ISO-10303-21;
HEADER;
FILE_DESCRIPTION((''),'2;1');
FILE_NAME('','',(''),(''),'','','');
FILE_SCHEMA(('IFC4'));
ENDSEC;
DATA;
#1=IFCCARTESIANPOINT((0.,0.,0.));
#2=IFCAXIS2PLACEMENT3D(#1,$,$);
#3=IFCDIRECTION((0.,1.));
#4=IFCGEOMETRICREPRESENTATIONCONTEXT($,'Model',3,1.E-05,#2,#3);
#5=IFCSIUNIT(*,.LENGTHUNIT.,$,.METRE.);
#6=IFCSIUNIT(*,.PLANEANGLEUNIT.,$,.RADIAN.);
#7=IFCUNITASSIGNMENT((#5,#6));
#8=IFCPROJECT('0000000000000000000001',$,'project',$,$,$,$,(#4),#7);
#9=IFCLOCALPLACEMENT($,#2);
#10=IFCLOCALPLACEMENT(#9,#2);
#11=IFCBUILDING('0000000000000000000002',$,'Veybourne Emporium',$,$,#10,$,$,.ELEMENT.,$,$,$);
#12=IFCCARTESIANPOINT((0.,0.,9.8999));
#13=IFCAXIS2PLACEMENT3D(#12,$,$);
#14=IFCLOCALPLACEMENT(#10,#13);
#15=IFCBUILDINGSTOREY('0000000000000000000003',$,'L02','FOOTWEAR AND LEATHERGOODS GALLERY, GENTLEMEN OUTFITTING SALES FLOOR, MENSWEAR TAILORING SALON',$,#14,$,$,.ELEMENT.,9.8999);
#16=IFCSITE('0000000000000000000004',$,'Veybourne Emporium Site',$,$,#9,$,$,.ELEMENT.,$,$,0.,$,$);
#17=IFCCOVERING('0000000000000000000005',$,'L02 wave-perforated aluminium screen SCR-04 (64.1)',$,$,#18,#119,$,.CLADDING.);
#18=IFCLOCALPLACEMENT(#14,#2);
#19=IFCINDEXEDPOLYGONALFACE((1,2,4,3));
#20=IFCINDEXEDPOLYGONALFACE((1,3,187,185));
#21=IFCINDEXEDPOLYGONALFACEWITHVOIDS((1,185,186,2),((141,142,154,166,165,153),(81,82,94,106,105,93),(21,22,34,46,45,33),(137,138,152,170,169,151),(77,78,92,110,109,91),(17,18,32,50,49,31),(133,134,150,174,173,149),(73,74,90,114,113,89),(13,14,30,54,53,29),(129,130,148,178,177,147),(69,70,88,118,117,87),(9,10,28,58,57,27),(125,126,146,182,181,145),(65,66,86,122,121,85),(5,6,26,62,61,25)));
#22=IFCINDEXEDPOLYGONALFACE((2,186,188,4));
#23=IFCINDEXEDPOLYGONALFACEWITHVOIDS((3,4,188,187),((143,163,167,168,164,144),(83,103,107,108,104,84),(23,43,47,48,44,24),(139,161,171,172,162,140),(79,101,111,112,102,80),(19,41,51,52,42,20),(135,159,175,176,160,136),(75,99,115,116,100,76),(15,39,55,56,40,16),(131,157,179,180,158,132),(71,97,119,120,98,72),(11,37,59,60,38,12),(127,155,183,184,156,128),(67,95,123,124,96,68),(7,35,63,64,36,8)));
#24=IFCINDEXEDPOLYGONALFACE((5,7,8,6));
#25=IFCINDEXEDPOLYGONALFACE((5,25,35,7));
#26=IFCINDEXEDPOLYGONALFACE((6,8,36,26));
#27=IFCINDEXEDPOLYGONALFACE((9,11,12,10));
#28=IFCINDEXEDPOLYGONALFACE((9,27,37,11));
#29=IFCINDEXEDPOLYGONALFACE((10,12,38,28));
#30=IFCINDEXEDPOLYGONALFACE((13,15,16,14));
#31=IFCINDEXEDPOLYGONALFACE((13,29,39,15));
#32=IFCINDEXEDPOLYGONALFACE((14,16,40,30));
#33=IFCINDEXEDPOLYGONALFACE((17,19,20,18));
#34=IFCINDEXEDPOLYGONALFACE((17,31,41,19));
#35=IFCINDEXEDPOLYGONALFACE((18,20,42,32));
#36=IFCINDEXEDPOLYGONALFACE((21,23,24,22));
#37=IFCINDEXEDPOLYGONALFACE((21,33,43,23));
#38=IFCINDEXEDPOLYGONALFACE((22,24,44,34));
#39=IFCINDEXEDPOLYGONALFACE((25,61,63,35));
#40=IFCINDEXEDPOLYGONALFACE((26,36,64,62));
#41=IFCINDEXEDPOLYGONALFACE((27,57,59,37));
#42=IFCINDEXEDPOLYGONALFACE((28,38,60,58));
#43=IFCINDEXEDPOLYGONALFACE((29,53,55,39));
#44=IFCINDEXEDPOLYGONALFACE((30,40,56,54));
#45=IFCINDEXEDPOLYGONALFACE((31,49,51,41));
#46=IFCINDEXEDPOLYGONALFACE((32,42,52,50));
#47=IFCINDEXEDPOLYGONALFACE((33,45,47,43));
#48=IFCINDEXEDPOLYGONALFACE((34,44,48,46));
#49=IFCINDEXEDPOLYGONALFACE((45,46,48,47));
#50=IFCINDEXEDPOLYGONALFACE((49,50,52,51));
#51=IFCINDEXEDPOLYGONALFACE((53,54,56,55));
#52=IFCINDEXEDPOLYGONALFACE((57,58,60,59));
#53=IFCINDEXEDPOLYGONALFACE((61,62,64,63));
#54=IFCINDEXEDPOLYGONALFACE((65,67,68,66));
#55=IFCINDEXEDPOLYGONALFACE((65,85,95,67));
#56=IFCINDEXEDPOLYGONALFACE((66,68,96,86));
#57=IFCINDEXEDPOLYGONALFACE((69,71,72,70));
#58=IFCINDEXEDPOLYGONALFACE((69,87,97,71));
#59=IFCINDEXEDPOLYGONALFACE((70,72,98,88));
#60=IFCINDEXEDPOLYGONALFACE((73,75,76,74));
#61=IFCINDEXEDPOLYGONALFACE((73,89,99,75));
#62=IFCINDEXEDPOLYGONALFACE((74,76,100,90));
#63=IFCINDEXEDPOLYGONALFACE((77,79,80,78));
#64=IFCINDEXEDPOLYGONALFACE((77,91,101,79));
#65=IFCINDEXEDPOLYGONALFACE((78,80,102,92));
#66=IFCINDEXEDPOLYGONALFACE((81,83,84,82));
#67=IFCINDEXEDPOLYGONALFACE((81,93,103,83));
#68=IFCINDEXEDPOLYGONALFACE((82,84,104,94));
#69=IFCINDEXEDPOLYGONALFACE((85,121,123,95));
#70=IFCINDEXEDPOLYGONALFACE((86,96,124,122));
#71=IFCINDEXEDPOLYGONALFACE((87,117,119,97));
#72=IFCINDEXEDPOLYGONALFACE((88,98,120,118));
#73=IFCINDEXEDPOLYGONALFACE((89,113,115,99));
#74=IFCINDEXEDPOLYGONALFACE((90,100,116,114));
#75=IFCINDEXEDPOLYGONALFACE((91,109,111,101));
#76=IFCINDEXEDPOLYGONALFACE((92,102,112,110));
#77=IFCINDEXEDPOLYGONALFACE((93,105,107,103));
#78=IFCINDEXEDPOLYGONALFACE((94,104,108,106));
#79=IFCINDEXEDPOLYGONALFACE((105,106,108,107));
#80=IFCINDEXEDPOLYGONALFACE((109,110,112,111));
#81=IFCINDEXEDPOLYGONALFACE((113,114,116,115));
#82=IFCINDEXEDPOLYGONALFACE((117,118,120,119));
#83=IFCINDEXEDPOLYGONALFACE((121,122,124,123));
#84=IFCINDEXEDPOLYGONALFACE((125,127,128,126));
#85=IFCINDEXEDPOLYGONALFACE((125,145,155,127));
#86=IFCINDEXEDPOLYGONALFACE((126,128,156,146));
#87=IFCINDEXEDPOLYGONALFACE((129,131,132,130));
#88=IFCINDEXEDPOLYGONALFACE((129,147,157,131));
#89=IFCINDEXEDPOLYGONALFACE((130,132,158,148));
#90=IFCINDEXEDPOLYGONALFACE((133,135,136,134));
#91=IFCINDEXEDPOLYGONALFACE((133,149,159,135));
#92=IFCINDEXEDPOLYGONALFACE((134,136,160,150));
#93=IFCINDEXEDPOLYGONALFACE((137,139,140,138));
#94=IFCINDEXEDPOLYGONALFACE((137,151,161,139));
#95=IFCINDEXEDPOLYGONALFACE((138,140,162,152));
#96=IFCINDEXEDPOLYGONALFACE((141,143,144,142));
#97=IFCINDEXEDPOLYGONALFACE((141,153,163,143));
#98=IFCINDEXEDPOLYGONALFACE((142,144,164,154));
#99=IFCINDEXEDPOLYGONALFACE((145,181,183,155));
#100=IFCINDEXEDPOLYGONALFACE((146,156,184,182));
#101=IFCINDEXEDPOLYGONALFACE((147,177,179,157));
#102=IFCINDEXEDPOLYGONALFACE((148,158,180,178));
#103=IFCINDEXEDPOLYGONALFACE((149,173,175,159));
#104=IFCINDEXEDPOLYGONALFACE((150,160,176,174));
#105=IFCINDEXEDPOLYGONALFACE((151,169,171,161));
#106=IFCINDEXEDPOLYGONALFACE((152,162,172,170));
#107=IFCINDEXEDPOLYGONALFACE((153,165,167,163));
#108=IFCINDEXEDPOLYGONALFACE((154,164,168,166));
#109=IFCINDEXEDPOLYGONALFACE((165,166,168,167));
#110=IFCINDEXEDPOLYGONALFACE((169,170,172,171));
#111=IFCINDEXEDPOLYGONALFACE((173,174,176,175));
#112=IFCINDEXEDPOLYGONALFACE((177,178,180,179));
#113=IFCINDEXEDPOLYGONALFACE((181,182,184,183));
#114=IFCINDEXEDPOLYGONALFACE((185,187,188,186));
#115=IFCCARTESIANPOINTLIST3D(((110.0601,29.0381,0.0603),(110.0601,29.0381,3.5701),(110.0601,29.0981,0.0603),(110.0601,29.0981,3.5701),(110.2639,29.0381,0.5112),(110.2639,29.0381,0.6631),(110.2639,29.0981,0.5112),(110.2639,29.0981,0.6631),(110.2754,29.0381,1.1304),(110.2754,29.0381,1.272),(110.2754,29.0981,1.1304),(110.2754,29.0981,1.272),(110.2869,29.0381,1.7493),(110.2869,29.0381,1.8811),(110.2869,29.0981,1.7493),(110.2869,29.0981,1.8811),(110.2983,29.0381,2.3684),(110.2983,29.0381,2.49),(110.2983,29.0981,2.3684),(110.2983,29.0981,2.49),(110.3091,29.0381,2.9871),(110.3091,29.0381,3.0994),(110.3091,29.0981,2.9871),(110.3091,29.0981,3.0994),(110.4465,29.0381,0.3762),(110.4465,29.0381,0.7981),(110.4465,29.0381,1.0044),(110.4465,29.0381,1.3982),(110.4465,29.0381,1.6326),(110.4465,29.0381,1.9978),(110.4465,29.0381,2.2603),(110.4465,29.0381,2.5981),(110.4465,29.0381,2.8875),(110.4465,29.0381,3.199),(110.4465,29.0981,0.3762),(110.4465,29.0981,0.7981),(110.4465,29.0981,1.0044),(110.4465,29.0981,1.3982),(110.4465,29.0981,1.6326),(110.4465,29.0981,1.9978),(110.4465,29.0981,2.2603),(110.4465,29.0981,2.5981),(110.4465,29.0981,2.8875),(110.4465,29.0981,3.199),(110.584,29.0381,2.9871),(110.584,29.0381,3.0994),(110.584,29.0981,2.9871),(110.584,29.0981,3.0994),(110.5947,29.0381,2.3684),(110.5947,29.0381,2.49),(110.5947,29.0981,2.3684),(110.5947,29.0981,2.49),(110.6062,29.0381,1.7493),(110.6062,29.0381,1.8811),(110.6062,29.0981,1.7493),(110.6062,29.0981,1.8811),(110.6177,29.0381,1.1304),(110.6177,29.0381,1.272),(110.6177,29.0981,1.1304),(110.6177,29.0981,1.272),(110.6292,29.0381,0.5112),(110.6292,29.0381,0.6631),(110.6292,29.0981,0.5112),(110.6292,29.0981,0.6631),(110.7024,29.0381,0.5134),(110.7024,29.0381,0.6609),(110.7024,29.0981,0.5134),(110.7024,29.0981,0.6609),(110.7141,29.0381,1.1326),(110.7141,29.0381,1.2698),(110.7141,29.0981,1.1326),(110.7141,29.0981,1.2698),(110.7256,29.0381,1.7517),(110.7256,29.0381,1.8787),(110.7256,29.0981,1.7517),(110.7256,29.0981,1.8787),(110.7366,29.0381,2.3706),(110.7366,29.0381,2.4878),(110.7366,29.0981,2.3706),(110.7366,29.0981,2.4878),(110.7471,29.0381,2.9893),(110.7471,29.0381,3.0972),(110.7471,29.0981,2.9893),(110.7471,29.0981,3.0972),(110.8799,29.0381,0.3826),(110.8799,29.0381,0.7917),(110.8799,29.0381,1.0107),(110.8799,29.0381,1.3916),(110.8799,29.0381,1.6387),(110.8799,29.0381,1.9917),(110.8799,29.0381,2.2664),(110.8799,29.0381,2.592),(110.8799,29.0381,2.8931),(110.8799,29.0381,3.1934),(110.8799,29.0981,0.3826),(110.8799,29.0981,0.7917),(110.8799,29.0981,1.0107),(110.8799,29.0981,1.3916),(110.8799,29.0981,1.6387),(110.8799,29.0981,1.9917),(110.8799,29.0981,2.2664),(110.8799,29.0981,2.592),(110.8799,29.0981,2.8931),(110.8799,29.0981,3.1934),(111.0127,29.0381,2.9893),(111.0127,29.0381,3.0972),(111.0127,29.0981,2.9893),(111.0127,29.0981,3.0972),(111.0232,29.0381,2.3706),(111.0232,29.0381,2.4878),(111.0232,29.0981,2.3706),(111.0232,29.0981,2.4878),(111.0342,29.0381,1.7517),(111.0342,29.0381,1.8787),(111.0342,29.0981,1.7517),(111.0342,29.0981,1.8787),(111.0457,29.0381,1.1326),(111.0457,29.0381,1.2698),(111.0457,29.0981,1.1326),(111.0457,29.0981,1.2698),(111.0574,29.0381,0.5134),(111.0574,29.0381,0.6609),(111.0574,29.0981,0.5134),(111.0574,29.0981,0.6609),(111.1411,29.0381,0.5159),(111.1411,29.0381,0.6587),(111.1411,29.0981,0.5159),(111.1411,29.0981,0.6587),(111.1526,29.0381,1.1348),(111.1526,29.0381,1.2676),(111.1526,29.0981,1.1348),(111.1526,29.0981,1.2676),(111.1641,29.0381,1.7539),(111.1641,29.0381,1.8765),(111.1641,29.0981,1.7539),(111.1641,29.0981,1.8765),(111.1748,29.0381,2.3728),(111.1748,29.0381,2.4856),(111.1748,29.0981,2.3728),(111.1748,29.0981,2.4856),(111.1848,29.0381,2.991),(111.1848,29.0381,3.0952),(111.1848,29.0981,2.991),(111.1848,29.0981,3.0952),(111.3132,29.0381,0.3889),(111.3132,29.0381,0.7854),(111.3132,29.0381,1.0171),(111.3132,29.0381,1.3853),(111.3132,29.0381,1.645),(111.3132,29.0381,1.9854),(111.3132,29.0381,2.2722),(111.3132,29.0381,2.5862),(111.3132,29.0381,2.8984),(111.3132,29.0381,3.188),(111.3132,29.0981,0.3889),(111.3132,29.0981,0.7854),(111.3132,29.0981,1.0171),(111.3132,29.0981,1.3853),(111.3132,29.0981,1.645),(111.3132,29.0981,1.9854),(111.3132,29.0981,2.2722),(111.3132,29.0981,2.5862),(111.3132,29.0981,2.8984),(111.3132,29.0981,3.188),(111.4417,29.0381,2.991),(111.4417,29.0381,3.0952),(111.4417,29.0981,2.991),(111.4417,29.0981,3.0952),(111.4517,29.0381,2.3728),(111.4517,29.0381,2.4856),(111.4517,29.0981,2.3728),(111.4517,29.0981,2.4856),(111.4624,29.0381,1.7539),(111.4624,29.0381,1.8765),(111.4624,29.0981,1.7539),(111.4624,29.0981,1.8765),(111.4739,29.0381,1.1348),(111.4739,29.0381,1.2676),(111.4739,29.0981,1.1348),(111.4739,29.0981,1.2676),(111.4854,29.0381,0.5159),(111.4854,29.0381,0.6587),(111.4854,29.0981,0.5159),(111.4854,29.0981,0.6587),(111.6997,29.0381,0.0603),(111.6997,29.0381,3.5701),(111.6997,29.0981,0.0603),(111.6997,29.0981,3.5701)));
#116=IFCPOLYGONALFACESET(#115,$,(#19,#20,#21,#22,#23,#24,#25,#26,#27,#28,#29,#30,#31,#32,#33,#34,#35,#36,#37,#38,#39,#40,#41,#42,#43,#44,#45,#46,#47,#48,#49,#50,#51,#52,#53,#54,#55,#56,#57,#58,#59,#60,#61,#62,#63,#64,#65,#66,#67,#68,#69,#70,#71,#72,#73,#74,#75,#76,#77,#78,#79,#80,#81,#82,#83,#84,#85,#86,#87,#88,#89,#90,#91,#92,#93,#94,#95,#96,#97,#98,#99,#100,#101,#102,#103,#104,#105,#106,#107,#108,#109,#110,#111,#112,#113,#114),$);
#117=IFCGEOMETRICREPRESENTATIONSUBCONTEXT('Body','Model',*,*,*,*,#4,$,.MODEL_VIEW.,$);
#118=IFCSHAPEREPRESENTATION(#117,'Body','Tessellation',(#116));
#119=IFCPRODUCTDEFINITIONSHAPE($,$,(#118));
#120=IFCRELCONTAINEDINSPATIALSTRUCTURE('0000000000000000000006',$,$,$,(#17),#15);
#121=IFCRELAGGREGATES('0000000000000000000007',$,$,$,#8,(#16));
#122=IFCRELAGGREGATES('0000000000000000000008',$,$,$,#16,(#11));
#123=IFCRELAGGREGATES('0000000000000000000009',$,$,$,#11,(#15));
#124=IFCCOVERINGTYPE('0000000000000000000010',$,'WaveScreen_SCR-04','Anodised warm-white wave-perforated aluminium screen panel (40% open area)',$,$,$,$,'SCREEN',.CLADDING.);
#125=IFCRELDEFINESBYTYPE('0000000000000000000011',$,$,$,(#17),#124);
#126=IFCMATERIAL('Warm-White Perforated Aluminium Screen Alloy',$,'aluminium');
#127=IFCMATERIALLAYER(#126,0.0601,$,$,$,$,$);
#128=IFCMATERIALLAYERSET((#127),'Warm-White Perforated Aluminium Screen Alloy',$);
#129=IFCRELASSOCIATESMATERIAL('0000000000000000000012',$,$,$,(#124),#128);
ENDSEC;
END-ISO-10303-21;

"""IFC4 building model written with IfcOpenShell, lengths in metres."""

from ifc_helpers import new_model, si_unit, direction, frame, origin, place, context, subcontext, project, spatial, polyline, outline, extrude, material, layer, layer_set, type_object, element, save


model = new_model("IFC4")

# Units and contexts
model_context = context("Model", 3, precision=1e-05, world=origin(), true_north=direction((0.0, 1.0)))
body_context = subcontext(model_context, "Body", "Model", "MODEL_VIEW")
ifc_project = project(units=[si_unit("LENGTHUNIT", "METRE"), si_unit("PLANEANGLEUNIT", "RADIAN")], contexts=[model_context])

# Site, building, storey
site_placement = place(None, origin())
site = spatial("IfcSite", under=ifc_project, at=site_placement, Name="Veybourne Emporium Site", CompositionType="ELEMENT", RefElevation=0.0)
building_placement = place(site_placement, origin())
building = spatial("IfcBuilding", under=site, at=building_placement, Name="Veybourne Emporium", CompositionType="ELEMENT")
storey_placement = place(building_placement, frame((0.0, 0.0, 9.8999)))
storey = spatial("IfcBuildingStorey", under=building, at=storey_placement, Name="L02", Description="FOOTWEAR AND LEATHERGOODS GALLERY, GENTLEMEN OUTFITTING SALES FLOOR, MENSWEAR TAILORING SALON", CompositionType="ELEMENT", Elevation=9.8999)

# Covering
ifc_material_1 = material(Name="Warm-White Perforated Aluminium Screen Alloy", Category="aluminium")
ifc_layer_1 = layer(ifc_material_1, 0.0601)
ifc_layer_set_1 = layer_set([ifc_layer_1], Name="Warm-White Perforated Aluminium Screen Alloy")
covering_type_1 = type_object("IfcCoveringType", Name="WaveScreen_SCR-04", Description="Anodised warm-white wave-perforated aluminium screen panel (40% open area)", ElementType="SCREEN", PredefinedType="CLADDING", material=ifc_layer_set_1)
covering_1_placement = place(storey_placement, frame((110.8799, 29.0981, 1.8152), z_axis=(0.0, -1.0, 0.0), x_axis=(1.0, 0.0, 0.0)))
element("IfcCovering", 1, at=covering_1_placement, inside=storey, type_object=covering_type_1, Name="L02 wave-perforated aluminium screen SCR-04 (64.1)", PredefinedType="CLADDING", context=body_context, shape_type="SweptSolid", body=[
    extrude(outline(polyline([(-0.8198, -1.7549), (0.8198, -1.7549), (0.8198, 1.7549), (-0.8198, 1.7549), (-0.8198, -1.7549)]), holes=[polyline([(-0.4333, -1.0171), (-0.2507, -1.1521), (-0.2507, -1.304), (-0.4333, -1.439), (-0.616, -1.304), (-0.616, -1.1521), (-0.4333, -1.0171)]), polyline([(-0.4333, -0.417), (-0.2622, -0.5432), (-0.2622, -0.6848), (-0.4333, -0.8108), (-0.6045, -0.6848), (-0.6045, -0.5432), (-0.4333, -0.417)]), polyline([(-0.4333, 0.1826), (-0.2737, 0.0659), (-0.2737, -0.0659), (-0.4333, -0.1826), (-0.593, -0.0659), (-0.593, 0.0659), (-0.4333, 0.1826)]), polyline([(-0.4333, 0.783), (-0.2852, 0.6748), (-0.2852, 0.5532), (-0.4333, 0.4451), (-0.5815, 0.5532), (-0.5815, 0.6748), (-0.4333, 0.783)]), polyline([(-0.4333, 1.3838), (-0.2959, 1.2842), (-0.2959, 1.1719), (-0.4333, 1.0723), (-0.5708, 1.1719), (-0.5708, 1.2842), (-0.4333, 1.3838)]), polyline([(0.0, -1.0234), (0.1775, -1.1543), (0.1775, -1.3018), (0.0, -1.4326), (-0.1775, -1.3018), (-0.1775, -1.1543), (0.0, -1.0234)]), polyline([(0.0, -0.4236), (0.1658, -0.5454), (0.1658, -0.6826), (0.0, -0.8044), (-0.1658, -0.6826), (-0.1658, -0.5454), (0.0, -0.4236)]), polyline([(0.0, 0.1765), (0.1543, 0.0635), (0.1543, -0.0635), (0.0, -0.1765), (-0.1543, -0.0635), (-0.1543, 0.0635), (0.0, 0.1765)]), polyline([(0.0, 0.7769), (0.1433, 0.6726), (0.1433, 0.5554), (0.0, 0.4512), (-0.1433, 0.5554), (-0.1433, 0.6726), (0.0, 0.7769)]), polyline([(0.0, 1.3782), (0.1328, 1.282), (0.1328, 1.1741), (0.0, 1.0779), (-0.1328, 1.1741), (-0.1328, 1.282), (0.0, 1.3782)]), polyline([(0.4333, -1.0298), (0.6055, -1.1565), (0.6055, -1.2993), (0.4333, -1.4263), (0.2612, -1.2993), (0.2612, -1.1565), (0.4333, -1.0298)]), polyline([(0.4333, -0.4299), (0.594, -0.5476), (0.594, -0.6804), (0.4333, -0.7981), (0.2727, -0.6804), (0.2727, -0.5476), (0.4333, -0.4299)]), polyline([(0.4333, 0.1702), (0.5825, 0.0613), (0.5825, -0.0613), (0.4333, -0.1702), (0.2842, -0.0613), (0.2842, 0.0613), (0.4333, 0.1702)]), polyline([(0.4333, 0.771), (0.5718, 0.6704), (0.5718, 0.5576), (0.4333, 0.457), (0.2949, 0.5576), (0.2949, 0.6704), (0.4333, 0.771)]), polyline([(0.4333, 1.3728), (0.5618, 1.28), (0.5618, 1.1758), (0.4333, 1.0833), (0.3049, 1.1758), (0.3049, 1.28), (0.4333, 1.3728)])]), origin(), (0.0, 0.0, 1.0), 0.0601),
])

save(model, "model.ifc")
